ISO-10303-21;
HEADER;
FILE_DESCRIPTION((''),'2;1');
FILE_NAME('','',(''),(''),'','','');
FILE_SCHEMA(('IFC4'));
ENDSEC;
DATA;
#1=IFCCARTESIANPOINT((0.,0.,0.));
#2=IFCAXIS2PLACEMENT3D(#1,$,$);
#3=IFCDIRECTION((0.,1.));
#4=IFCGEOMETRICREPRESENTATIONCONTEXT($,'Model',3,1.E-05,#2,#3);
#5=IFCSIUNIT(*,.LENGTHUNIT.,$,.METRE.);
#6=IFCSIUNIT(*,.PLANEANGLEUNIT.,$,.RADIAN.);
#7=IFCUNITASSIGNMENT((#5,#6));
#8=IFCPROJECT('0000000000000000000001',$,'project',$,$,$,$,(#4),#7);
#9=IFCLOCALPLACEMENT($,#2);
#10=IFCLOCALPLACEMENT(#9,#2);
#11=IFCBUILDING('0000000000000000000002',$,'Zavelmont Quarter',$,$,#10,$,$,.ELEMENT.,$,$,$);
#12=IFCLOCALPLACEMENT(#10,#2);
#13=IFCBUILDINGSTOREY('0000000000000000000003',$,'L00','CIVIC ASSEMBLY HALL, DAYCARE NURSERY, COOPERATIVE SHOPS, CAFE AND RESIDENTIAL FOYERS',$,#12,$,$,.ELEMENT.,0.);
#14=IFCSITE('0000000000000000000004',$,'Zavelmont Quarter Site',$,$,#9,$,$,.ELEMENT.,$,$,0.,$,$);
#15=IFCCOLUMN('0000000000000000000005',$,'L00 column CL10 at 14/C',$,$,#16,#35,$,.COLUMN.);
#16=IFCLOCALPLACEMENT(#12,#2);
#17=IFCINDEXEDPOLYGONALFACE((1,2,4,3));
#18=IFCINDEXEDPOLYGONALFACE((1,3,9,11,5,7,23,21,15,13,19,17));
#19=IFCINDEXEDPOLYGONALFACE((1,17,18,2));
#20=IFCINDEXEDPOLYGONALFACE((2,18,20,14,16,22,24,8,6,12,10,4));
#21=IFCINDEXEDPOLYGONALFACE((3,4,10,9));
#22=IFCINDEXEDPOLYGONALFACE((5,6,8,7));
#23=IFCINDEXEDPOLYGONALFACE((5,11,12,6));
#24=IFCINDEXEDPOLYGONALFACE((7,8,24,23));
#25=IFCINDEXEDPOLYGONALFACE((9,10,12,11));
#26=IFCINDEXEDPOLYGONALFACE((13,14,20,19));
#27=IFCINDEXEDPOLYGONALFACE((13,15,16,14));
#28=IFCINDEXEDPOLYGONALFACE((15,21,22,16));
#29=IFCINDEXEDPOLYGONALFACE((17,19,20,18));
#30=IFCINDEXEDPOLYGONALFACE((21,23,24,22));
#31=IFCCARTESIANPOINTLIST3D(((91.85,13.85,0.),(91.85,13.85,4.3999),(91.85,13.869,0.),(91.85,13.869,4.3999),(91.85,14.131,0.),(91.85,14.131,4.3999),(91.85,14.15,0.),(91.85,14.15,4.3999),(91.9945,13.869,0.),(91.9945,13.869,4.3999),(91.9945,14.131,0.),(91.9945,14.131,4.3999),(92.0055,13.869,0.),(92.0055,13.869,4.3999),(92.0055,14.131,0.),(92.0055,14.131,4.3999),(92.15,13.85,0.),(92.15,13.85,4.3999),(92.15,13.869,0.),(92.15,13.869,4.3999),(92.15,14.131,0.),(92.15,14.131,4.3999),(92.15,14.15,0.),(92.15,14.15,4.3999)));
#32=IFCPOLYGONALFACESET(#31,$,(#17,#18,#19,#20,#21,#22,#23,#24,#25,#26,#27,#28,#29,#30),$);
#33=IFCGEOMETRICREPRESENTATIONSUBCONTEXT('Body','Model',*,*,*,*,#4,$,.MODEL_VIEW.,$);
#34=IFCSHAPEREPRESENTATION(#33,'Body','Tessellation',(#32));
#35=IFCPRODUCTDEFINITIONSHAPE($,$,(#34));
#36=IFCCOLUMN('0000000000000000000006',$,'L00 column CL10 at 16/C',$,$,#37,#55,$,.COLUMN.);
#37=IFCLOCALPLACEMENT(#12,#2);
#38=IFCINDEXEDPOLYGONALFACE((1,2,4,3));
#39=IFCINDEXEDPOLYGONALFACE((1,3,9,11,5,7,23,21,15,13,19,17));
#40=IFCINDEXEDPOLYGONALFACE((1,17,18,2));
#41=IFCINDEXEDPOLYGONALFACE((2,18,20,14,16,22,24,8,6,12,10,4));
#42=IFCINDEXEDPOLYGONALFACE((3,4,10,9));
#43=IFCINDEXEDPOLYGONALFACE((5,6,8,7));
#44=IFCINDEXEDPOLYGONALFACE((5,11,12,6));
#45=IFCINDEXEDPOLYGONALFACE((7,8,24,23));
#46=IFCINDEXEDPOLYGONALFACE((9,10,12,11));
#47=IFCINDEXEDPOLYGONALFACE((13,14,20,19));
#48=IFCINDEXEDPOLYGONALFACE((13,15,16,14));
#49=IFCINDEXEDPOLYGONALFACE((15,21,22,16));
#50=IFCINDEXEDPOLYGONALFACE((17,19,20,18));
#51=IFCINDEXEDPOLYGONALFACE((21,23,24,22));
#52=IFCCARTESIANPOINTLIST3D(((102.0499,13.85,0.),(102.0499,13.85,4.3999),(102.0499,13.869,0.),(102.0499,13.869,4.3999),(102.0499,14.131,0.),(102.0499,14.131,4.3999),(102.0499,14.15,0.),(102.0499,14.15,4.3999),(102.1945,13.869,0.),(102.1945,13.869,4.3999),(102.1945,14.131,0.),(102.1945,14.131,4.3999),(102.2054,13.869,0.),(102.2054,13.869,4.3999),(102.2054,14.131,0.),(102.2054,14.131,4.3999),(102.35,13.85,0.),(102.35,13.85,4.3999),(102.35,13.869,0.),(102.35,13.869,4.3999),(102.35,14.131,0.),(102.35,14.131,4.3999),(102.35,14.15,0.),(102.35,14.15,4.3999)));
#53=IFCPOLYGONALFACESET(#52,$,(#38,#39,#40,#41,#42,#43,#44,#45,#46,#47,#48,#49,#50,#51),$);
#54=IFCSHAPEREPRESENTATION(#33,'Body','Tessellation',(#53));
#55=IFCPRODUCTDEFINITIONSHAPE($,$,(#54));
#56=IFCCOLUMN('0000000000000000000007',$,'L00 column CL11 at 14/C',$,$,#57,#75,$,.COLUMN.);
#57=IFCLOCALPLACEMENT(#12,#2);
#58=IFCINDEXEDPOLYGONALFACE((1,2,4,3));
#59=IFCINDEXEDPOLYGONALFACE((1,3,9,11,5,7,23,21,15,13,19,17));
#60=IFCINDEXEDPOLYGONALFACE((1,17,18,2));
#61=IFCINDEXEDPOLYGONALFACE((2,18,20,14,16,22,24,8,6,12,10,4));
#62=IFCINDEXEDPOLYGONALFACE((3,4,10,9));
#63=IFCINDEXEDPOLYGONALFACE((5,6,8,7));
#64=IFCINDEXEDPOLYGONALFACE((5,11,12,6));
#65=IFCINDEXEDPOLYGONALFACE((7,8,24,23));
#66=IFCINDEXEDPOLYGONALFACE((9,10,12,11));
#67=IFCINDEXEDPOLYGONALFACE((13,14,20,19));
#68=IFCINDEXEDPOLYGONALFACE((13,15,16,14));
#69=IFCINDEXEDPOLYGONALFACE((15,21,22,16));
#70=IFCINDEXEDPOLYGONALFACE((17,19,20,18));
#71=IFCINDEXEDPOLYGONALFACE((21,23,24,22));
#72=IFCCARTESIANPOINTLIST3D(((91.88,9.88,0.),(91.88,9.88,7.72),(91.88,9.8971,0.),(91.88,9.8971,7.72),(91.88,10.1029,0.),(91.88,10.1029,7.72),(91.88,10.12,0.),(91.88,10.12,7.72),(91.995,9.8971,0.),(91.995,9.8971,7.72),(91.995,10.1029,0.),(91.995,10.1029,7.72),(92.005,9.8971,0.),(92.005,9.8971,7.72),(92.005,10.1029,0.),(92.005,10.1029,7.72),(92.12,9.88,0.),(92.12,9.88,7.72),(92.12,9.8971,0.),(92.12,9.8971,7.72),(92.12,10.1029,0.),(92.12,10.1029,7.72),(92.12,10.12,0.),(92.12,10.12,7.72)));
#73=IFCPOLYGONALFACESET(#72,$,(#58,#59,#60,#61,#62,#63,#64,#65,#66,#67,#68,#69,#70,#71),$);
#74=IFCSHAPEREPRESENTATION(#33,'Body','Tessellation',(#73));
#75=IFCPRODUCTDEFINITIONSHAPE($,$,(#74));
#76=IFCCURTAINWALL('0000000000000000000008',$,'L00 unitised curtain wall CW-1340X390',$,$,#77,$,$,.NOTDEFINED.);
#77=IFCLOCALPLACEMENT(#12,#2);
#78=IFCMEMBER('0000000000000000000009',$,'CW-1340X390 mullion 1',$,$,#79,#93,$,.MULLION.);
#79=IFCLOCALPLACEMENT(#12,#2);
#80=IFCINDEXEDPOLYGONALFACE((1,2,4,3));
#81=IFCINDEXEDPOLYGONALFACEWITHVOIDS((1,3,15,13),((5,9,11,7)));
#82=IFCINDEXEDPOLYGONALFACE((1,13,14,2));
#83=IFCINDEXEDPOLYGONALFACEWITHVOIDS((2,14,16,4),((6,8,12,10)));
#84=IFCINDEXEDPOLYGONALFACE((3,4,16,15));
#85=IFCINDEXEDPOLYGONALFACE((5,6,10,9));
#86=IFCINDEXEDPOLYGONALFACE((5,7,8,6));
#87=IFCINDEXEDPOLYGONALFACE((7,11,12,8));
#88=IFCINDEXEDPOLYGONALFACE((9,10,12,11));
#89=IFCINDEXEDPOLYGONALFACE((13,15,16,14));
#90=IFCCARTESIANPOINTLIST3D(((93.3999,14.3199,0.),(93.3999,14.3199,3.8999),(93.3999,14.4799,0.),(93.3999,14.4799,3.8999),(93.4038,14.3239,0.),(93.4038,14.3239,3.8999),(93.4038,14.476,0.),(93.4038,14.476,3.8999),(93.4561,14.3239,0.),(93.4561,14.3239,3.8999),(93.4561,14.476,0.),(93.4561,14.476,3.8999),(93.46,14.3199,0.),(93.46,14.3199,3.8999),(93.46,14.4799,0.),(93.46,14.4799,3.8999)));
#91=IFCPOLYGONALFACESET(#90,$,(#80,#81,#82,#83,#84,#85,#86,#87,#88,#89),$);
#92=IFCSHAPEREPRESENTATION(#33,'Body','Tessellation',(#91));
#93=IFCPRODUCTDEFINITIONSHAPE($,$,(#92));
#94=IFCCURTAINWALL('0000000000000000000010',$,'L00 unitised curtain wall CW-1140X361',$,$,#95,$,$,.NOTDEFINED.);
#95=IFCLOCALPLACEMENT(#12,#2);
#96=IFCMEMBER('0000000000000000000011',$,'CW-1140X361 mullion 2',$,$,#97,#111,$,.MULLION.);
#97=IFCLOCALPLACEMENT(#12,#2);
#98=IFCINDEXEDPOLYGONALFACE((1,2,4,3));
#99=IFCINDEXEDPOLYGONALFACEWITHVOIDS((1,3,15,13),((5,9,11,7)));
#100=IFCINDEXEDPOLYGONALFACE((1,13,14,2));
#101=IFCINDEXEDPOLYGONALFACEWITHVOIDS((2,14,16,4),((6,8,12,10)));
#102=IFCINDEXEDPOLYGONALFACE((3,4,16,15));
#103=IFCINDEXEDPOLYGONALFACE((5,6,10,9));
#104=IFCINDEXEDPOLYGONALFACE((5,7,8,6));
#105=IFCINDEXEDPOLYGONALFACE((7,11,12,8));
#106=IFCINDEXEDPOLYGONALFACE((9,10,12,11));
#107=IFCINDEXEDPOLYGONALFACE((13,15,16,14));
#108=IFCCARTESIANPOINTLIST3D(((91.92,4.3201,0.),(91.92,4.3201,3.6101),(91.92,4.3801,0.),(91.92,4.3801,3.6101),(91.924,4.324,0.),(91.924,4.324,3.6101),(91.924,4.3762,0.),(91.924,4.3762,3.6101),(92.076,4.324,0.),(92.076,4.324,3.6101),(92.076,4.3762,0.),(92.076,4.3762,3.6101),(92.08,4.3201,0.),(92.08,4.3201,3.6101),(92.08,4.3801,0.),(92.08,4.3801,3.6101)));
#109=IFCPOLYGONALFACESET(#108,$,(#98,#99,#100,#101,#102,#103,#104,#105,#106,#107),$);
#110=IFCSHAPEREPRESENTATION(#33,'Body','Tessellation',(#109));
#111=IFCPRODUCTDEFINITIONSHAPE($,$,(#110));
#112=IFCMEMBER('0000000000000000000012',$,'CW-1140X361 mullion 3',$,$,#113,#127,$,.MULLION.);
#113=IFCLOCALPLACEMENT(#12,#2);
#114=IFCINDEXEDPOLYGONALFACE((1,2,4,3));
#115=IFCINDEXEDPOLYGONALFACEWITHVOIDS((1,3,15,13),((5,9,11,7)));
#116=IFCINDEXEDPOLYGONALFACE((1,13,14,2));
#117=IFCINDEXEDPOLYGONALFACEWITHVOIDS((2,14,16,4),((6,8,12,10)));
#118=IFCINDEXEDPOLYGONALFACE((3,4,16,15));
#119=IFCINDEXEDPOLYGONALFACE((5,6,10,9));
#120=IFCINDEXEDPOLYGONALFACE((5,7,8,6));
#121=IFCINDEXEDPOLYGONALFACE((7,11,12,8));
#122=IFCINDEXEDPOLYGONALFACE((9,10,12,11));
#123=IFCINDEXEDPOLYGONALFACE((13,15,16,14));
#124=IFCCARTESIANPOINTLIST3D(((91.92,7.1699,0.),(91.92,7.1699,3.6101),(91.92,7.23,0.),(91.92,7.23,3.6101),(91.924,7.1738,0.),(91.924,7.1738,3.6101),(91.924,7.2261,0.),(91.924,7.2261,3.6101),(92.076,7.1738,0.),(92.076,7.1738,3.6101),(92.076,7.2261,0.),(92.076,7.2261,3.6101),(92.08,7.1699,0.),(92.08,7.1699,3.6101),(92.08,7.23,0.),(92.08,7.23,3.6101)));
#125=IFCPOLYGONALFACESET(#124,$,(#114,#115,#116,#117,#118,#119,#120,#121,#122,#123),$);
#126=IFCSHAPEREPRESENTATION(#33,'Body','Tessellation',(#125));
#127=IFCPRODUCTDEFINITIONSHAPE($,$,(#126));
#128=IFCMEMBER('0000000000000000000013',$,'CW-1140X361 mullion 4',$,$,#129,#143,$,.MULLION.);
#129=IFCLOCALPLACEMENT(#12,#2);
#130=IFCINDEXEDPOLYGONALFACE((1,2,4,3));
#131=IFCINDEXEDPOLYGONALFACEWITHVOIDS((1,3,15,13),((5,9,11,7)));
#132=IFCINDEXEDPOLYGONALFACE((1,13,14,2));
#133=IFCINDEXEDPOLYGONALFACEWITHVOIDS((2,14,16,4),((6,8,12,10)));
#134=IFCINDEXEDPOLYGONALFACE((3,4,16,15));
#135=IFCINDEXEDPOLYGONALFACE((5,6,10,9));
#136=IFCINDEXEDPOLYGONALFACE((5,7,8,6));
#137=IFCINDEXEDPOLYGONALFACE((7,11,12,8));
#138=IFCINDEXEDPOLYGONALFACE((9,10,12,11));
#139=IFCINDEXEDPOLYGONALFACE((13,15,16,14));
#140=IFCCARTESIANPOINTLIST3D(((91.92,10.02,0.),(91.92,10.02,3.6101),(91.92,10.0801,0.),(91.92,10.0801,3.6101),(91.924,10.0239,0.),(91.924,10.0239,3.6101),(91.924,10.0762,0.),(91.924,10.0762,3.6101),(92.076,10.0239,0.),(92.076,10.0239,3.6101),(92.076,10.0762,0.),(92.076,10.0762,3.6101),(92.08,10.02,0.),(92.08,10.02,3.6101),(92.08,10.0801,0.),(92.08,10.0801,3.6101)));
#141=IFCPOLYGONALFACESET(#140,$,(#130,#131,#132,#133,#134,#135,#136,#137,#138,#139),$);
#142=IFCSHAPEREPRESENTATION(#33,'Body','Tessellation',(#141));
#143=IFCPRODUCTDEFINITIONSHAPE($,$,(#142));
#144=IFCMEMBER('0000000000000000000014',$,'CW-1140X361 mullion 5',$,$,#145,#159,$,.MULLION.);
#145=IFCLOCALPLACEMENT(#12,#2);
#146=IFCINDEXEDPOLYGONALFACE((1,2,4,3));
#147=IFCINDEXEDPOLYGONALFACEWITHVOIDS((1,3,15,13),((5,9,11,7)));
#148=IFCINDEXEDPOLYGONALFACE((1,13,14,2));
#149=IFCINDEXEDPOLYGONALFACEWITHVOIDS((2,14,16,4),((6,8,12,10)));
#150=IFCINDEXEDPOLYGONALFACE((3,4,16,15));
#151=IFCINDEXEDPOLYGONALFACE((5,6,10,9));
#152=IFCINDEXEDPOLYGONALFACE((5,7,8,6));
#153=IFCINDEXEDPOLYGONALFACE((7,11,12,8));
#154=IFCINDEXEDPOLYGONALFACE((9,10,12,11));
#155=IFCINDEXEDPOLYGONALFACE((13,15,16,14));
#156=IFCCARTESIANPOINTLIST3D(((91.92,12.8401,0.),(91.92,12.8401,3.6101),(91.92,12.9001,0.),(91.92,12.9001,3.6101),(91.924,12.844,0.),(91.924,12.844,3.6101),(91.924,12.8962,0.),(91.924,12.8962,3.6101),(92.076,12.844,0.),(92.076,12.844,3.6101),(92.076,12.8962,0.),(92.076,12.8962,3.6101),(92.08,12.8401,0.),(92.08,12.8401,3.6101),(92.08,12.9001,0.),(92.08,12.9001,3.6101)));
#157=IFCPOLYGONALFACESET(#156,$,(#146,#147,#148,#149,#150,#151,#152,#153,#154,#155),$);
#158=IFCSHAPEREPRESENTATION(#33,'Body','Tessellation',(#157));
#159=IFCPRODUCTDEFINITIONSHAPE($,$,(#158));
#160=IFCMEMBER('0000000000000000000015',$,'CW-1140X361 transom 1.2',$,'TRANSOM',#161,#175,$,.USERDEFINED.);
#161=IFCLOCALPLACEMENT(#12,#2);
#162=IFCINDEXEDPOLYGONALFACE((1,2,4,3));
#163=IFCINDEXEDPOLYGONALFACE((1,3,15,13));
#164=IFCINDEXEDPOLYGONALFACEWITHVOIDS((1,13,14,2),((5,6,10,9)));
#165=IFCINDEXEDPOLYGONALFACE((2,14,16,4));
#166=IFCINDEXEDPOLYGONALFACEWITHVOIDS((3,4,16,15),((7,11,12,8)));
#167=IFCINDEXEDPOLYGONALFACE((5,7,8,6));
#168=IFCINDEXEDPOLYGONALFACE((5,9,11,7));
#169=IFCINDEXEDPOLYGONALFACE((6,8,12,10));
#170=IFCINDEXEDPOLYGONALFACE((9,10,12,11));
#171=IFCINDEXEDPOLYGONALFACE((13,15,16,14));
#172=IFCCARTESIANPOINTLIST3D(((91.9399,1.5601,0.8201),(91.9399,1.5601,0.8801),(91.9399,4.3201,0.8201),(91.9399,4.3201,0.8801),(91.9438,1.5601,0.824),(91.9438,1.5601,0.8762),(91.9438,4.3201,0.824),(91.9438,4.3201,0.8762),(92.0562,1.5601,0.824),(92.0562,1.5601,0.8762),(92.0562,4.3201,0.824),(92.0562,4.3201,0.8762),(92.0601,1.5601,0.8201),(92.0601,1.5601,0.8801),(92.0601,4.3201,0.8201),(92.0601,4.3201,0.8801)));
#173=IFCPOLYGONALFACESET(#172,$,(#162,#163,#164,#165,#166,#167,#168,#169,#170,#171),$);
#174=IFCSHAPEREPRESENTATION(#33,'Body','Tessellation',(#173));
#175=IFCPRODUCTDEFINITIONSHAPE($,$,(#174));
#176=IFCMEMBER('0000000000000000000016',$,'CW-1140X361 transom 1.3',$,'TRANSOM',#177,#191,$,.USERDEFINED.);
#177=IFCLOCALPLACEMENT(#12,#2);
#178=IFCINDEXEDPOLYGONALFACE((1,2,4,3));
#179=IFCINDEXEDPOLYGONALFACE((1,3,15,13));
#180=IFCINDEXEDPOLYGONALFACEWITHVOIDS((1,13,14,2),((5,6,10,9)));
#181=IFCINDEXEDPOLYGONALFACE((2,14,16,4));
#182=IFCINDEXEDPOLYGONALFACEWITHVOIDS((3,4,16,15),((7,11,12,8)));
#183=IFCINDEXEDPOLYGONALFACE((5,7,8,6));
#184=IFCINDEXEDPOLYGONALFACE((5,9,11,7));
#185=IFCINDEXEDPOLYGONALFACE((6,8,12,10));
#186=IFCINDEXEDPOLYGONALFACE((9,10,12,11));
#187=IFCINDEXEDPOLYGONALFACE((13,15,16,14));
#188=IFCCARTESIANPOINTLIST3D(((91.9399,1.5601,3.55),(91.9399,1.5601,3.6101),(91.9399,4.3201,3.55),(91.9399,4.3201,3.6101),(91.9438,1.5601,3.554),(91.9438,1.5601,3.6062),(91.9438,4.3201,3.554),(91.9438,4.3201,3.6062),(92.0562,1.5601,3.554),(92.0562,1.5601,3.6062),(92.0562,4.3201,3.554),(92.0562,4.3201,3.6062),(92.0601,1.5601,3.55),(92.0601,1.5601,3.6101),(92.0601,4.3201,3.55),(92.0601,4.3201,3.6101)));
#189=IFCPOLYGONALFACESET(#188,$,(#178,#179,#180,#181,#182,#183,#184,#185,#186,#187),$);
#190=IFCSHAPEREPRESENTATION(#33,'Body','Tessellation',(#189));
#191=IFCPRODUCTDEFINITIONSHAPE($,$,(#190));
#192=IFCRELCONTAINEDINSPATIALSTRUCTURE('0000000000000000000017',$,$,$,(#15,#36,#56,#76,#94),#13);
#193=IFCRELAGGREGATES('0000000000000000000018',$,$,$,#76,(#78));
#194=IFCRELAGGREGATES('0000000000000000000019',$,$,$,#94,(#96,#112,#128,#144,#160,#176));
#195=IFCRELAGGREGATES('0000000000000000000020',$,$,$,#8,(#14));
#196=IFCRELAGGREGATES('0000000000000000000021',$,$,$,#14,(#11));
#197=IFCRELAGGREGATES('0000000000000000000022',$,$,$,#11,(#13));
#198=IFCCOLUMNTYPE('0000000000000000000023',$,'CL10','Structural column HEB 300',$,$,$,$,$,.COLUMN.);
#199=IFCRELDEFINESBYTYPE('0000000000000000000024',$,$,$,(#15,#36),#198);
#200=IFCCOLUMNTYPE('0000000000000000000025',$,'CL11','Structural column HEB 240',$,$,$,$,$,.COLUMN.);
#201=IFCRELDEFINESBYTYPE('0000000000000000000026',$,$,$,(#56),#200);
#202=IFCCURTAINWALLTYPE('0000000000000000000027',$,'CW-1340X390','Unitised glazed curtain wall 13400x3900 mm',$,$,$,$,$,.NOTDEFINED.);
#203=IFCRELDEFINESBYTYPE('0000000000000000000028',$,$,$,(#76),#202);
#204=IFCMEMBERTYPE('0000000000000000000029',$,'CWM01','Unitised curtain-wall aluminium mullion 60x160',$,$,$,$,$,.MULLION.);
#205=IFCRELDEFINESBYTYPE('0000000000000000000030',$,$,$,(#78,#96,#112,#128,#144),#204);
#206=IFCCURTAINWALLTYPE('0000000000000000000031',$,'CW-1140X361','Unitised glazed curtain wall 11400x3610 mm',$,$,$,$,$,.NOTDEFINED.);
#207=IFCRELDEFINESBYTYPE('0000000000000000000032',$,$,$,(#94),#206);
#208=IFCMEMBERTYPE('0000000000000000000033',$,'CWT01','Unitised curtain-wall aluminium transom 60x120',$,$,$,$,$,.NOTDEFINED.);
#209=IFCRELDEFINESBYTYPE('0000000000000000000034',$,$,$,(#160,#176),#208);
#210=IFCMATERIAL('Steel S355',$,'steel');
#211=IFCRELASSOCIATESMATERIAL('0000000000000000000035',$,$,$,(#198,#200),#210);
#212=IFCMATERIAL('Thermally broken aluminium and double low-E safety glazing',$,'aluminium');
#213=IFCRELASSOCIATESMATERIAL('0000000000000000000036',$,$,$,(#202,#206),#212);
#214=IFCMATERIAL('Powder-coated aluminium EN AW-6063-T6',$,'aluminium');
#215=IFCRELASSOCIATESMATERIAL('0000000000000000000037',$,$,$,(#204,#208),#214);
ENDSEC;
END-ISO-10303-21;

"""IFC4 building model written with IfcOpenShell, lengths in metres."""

from ifc_helpers import new_model, si_unit, direction, frame, origin, origin_2d, place, context, subcontext, project, spatial, hollow_rectangle, i_section, extrude, material, material_profile, profile_set, type_object, element, aggregate, save


model = new_model("IFC4")

# Units and contexts
model_context = context("Model", 3, precision=1e-05, world=origin(), true_north=direction((0.0, 1.0)))
body_context = subcontext(model_context, "Body", "Model", "MODEL_VIEW")
ifc_project = project(units=[si_unit("LENGTHUNIT", "METRE"), si_unit("PLANEANGLEUNIT", "RADIAN")], contexts=[model_context])

# Site, building, storey
site_placement = place(None, origin())
site = spatial("IfcSite", under=ifc_project, at=site_placement, Name="Zavelmont Quarter Site", CompositionType="ELEMENT", RefElevation=0.0)
building_placement = place(site_placement, origin())
building = spatial("IfcBuilding", under=site, at=building_placement, Name="Zavelmont Quarter", CompositionType="ELEMENT")
storey_placement = place(building_placement, origin())
storey = spatial("IfcBuildingStorey", under=building, at=storey_placement, Name="L00", Description="CIVIC ASSEMBLY HALL, DAYCARE NURSERY, COOPERATIVE SHOPS, CAFE AND RESIDENTIAL FOYERS", CompositionType="ELEMENT", Elevation=0.0)

# Columns
ifc_material_1 = material(Name="Steel S355", Category="steel")
ifc_material_profile_1 = material_profile(ifc_material_1, i_section(OverallWidth=0.3, OverallDepth=0.3, WebThickness=0.011, FlangeThickness=0.019, at=origin_2d()), Name="HEB 300")
ifc_profile_set_1 = profile_set([ifc_material_profile_1], Name="Steel S355")
column_type_1 = type_object("IfcColumnType", Name="CL10", Description="Structural column HEB 300", PredefinedType="COLUMN", material=ifc_profile_set_1)
for number, where, z_axis, x_axis, name in (
    (1, (92.0, 14.0, 0.0), (0.0, 0.0, 1.0), (1.0, 0.0, 0.0), "L00 column CL10 at 14/C"),
    (2, (102.2, 14.0, 0.0), (0.0, 0.0, 1.0), (1.0, 0.0, 0.0), "L00 column CL10 at 16/C"),
):
    element("IfcColumn", number, at=place(storey_placement, frame(where, z_axis=z_axis, x_axis=x_axis)), inside=storey, type_object=column_type_1, Name=name, PredefinedType="COLUMN", context=body_context, shape_type="SweptSolid", body=[
        extrude(i_section(OverallWidth=0.3, OverallDepth=0.3, WebThickness=0.011, FlangeThickness=0.019, at=origin_2d()), origin(), (0.0, 0.0, 1.0), 4.3999),
    ])
ifc_material_profile_2 = material_profile(ifc_material_1, i_section(OverallWidth=0.24, OverallDepth=0.24, WebThickness=0.01, FlangeThickness=0.0171, at=origin_2d()), Name="HEB 240")
ifc_profile_set_2 = profile_set([ifc_material_profile_2], Name="Steel S355")
column_type_2 = type_object("IfcColumnType", Name="CL11", Description="Structural column HEB 240", PredefinedType="COLUMN", material=ifc_profile_set_2)
column_placement = place(storey_placement, frame((92.0, 10.0, 0.0), z_axis=(0.0, 0.0, 1.0), x_axis=(1.0, 0.0, 0.0)))
element("IfcColumn", 3, at=column_placement, inside=storey, type_object=column_type_2, Name="L00 column CL11 at 14/C", PredefinedType="COLUMN", context=body_context, shape_type="SweptSolid", body=[
    extrude(i_section(OverallWidth=0.24, OverallDepth=0.24, WebThickness=0.01, FlangeThickness=0.0171, at=origin_2d()), origin(), (0.0, 0.0, 1.0), 7.72),
])

# Curtain wall, member
ifc_material_2 = material(Name="Thermally broken aluminium and double low-E safety glazing", Category="aluminium")
curtain_wall_type_1 = type_object("IfcCurtainWallType", Name="CW-1340X390", Description="Unitised glazed curtain wall 13400x3900 mm", PredefinedType="NOTDEFINED", material=ifc_material_2)
curtain_wall_1_placement = place(storey_placement, origin())
curtain_wall_1 = element("IfcCurtainWall", 4, at=curtain_wall_1_placement, inside=storey, type_object=curtain_wall_type_1, Name="L00 unitised curtain wall CW-1340X390", PredefinedType="NOTDEFINED")
ifc_material_3 = material(Name="Powder-coated aluminium EN AW-6063-T6", Category="aluminium")
ifc_material_profile_3 = material_profile(ifc_material_3, hollow_rectangle(XDim=0.0601, YDim=0.1599, WallThickness=0.0039, at=origin_2d()), Name="CWM60X160")
ifc_profile_set_3 = profile_set([ifc_material_profile_3], Name="Powder-coated aluminium EN AW-6063-T6")
member_type_1 = type_object("IfcMemberType", Name="CWM01", Description="Unitised curtain-wall aluminium mullion 60x160", PredefinedType="MULLION", material=ifc_profile_set_3)
member_1_placement = place(storey_placement, frame((93.4299, 14.3999, 0.0), z_axis=(0.0, 0.0, 1.0), x_axis=(1.0, 0.0, 0.0)))
member_1 = element("IfcMember", 5, at=member_1_placement, type_object=member_type_1, Name="CW-1340X390 mullion 1", PredefinedType="MULLION", context=body_context, shape_type="SweptSolid", body=[
    extrude(hollow_rectangle(XDim=0.0601, YDim=0.1599, WallThickness=0.0039, at=origin_2d()), origin(), (0.0, 0.0, 1.0), 3.8999),
])
aggregate(curtain_wall_1, [member_1])

# Curtain wall, members
curtain_wall_type_2 = type_object("IfcCurtainWallType", Name="CW-1140X361", Description="Unitised glazed curtain wall 11400x3610 mm", PredefinedType="NOTDEFINED", material=ifc_material_2)
curtain_wall_2_placement = place(storey_placement, origin())
curtain_wall_2 = element("IfcCurtainWall", 6, at=curtain_wall_2_placement, inside=storey, type_object=curtain_wall_type_2, Name="L00 unitised curtain wall CW-1140X361", PredefinedType="NOTDEFINED")
member_2_placement = place(storey_placement, frame((92.0, 4.3501, 0.0), z_axis=(0.0, 0.0, 1.0), x_axis=(0.0, 1.0, 0.0)))
member_2 = element("IfcMember", 7, at=member_2_placement, type_object=member_type_1, Name="CW-1140X361 mullion 2", PredefinedType="MULLION", context=body_context, shape_type="SweptSolid", body=[
    extrude(hollow_rectangle(XDim=0.0601, YDim=0.1599, WallThickness=0.0039, at=origin_2d()), origin(), (0.0, 0.0, 1.0), 3.6101),
])
member_3_placement = place(storey_placement, frame((92.0, 7.2, 0.0), z_axis=(0.0, 0.0, 1.0), x_axis=(0.0, 1.0, 0.0)))
member_3 = element("IfcMember", 8, at=member_3_placement, type_object=member_type_1, Name="CW-1140X361 mullion 3", PredefinedType="MULLION", context=body_context, shape_type="SweptSolid", body=[
    extrude(hollow_rectangle(XDim=0.0601, YDim=0.1599, WallThickness=0.0039, at=origin_2d()), origin(), (0.0, 0.0, 1.0), 3.6101),
])
member_4_placement = place(storey_placement, frame((92.0, 10.05, 0.0), z_axis=(0.0, 0.0, 1.0), x_axis=(0.0, 1.0, 0.0)))
member_4 = element("IfcMember", 9, at=member_4_placement, type_object=member_type_1, Name="CW-1140X361 mullion 4", PredefinedType="MULLION", context=body_context, shape_type="SweptSolid", body=[
    extrude(hollow_rectangle(XDim=0.0601, YDim=0.1599, WallThickness=0.0039, at=origin_2d()), origin(), (0.0, 0.0, 1.0), 3.6101),
])
member_5_placement = place(storey_placement, frame((92.0, 12.8701, 0.0), z_axis=(0.0, 0.0, 1.0), x_axis=(0.0, 1.0, 0.0)))
member_5 = element("IfcMember", 10, at=member_5_placement, type_object=member_type_1, Name="CW-1140X361 mullion 5", PredefinedType="MULLION", context=body_context, shape_type="SweptSolid", body=[
    extrude(hollow_rectangle(XDim=0.0601, YDim=0.1599, WallThickness=0.0039, at=origin_2d()), origin(), (0.0, 0.0, 1.0), 3.6101),
])
ifc_material_profile_4 = material_profile(ifc_material_3, hollow_rectangle(XDim=0.1201, YDim=0.0601, WallThickness=0.0039, at=origin_2d()), Name="CWT60X120")
ifc_profile_set_4 = profile_set([ifc_material_profile_4], Name="Powder-coated aluminium EN AW-6063-T6")
member_type_2 = type_object("IfcMemberType", Name="CWT01", Description="Unitised curtain-wall aluminium transom 60x120", PredefinedType="NOTDEFINED", material=ifc_profile_set_4)
member_6_placement = place(storey_placement, frame((92.0, 1.5601, 0.8501), z_axis=(0.0, 1.0, 0.0), x_axis=(-1.0, 0.0, 0.0)))
member_6 = element("IfcMember", 11, at=member_6_placement, type_object=member_type_2, Name="CW-1140X361 transom 1.2", ObjectType="TRANSOM", PredefinedType="USERDEFINED", context=body_context, shape_type="SweptSolid", body=[
    extrude(hollow_rectangle(XDim=0.1201, YDim=0.0601, WallThickness=0.0039, at=origin_2d()), origin(), (0.0, 0.0, 1.0), 2.76),
])
member_7_placement = place(storey_placement, frame((92.0, 1.5601, 3.5801), z_axis=(0.0, 1.0, 0.0), x_axis=(-1.0, 0.0, 0.0)))
member_7 = element("IfcMember", 12, at=member_7_placement, type_object=member_type_2, Name="CW-1140X361 transom 1.3", ObjectType="TRANSOM", PredefinedType="USERDEFINED", context=body_context, shape_type="SweptSolid", body=[
    extrude(hollow_rectangle(XDim=0.1201, YDim=0.0601, WallThickness=0.0039, at=origin_2d()), origin(), (0.0, 0.0, 1.0), 2.76),
])
aggregate(curtain_wall_2, [member_2, member_3, member_4, member_5, member_6, member_7])

save(model, "model.ifc")
